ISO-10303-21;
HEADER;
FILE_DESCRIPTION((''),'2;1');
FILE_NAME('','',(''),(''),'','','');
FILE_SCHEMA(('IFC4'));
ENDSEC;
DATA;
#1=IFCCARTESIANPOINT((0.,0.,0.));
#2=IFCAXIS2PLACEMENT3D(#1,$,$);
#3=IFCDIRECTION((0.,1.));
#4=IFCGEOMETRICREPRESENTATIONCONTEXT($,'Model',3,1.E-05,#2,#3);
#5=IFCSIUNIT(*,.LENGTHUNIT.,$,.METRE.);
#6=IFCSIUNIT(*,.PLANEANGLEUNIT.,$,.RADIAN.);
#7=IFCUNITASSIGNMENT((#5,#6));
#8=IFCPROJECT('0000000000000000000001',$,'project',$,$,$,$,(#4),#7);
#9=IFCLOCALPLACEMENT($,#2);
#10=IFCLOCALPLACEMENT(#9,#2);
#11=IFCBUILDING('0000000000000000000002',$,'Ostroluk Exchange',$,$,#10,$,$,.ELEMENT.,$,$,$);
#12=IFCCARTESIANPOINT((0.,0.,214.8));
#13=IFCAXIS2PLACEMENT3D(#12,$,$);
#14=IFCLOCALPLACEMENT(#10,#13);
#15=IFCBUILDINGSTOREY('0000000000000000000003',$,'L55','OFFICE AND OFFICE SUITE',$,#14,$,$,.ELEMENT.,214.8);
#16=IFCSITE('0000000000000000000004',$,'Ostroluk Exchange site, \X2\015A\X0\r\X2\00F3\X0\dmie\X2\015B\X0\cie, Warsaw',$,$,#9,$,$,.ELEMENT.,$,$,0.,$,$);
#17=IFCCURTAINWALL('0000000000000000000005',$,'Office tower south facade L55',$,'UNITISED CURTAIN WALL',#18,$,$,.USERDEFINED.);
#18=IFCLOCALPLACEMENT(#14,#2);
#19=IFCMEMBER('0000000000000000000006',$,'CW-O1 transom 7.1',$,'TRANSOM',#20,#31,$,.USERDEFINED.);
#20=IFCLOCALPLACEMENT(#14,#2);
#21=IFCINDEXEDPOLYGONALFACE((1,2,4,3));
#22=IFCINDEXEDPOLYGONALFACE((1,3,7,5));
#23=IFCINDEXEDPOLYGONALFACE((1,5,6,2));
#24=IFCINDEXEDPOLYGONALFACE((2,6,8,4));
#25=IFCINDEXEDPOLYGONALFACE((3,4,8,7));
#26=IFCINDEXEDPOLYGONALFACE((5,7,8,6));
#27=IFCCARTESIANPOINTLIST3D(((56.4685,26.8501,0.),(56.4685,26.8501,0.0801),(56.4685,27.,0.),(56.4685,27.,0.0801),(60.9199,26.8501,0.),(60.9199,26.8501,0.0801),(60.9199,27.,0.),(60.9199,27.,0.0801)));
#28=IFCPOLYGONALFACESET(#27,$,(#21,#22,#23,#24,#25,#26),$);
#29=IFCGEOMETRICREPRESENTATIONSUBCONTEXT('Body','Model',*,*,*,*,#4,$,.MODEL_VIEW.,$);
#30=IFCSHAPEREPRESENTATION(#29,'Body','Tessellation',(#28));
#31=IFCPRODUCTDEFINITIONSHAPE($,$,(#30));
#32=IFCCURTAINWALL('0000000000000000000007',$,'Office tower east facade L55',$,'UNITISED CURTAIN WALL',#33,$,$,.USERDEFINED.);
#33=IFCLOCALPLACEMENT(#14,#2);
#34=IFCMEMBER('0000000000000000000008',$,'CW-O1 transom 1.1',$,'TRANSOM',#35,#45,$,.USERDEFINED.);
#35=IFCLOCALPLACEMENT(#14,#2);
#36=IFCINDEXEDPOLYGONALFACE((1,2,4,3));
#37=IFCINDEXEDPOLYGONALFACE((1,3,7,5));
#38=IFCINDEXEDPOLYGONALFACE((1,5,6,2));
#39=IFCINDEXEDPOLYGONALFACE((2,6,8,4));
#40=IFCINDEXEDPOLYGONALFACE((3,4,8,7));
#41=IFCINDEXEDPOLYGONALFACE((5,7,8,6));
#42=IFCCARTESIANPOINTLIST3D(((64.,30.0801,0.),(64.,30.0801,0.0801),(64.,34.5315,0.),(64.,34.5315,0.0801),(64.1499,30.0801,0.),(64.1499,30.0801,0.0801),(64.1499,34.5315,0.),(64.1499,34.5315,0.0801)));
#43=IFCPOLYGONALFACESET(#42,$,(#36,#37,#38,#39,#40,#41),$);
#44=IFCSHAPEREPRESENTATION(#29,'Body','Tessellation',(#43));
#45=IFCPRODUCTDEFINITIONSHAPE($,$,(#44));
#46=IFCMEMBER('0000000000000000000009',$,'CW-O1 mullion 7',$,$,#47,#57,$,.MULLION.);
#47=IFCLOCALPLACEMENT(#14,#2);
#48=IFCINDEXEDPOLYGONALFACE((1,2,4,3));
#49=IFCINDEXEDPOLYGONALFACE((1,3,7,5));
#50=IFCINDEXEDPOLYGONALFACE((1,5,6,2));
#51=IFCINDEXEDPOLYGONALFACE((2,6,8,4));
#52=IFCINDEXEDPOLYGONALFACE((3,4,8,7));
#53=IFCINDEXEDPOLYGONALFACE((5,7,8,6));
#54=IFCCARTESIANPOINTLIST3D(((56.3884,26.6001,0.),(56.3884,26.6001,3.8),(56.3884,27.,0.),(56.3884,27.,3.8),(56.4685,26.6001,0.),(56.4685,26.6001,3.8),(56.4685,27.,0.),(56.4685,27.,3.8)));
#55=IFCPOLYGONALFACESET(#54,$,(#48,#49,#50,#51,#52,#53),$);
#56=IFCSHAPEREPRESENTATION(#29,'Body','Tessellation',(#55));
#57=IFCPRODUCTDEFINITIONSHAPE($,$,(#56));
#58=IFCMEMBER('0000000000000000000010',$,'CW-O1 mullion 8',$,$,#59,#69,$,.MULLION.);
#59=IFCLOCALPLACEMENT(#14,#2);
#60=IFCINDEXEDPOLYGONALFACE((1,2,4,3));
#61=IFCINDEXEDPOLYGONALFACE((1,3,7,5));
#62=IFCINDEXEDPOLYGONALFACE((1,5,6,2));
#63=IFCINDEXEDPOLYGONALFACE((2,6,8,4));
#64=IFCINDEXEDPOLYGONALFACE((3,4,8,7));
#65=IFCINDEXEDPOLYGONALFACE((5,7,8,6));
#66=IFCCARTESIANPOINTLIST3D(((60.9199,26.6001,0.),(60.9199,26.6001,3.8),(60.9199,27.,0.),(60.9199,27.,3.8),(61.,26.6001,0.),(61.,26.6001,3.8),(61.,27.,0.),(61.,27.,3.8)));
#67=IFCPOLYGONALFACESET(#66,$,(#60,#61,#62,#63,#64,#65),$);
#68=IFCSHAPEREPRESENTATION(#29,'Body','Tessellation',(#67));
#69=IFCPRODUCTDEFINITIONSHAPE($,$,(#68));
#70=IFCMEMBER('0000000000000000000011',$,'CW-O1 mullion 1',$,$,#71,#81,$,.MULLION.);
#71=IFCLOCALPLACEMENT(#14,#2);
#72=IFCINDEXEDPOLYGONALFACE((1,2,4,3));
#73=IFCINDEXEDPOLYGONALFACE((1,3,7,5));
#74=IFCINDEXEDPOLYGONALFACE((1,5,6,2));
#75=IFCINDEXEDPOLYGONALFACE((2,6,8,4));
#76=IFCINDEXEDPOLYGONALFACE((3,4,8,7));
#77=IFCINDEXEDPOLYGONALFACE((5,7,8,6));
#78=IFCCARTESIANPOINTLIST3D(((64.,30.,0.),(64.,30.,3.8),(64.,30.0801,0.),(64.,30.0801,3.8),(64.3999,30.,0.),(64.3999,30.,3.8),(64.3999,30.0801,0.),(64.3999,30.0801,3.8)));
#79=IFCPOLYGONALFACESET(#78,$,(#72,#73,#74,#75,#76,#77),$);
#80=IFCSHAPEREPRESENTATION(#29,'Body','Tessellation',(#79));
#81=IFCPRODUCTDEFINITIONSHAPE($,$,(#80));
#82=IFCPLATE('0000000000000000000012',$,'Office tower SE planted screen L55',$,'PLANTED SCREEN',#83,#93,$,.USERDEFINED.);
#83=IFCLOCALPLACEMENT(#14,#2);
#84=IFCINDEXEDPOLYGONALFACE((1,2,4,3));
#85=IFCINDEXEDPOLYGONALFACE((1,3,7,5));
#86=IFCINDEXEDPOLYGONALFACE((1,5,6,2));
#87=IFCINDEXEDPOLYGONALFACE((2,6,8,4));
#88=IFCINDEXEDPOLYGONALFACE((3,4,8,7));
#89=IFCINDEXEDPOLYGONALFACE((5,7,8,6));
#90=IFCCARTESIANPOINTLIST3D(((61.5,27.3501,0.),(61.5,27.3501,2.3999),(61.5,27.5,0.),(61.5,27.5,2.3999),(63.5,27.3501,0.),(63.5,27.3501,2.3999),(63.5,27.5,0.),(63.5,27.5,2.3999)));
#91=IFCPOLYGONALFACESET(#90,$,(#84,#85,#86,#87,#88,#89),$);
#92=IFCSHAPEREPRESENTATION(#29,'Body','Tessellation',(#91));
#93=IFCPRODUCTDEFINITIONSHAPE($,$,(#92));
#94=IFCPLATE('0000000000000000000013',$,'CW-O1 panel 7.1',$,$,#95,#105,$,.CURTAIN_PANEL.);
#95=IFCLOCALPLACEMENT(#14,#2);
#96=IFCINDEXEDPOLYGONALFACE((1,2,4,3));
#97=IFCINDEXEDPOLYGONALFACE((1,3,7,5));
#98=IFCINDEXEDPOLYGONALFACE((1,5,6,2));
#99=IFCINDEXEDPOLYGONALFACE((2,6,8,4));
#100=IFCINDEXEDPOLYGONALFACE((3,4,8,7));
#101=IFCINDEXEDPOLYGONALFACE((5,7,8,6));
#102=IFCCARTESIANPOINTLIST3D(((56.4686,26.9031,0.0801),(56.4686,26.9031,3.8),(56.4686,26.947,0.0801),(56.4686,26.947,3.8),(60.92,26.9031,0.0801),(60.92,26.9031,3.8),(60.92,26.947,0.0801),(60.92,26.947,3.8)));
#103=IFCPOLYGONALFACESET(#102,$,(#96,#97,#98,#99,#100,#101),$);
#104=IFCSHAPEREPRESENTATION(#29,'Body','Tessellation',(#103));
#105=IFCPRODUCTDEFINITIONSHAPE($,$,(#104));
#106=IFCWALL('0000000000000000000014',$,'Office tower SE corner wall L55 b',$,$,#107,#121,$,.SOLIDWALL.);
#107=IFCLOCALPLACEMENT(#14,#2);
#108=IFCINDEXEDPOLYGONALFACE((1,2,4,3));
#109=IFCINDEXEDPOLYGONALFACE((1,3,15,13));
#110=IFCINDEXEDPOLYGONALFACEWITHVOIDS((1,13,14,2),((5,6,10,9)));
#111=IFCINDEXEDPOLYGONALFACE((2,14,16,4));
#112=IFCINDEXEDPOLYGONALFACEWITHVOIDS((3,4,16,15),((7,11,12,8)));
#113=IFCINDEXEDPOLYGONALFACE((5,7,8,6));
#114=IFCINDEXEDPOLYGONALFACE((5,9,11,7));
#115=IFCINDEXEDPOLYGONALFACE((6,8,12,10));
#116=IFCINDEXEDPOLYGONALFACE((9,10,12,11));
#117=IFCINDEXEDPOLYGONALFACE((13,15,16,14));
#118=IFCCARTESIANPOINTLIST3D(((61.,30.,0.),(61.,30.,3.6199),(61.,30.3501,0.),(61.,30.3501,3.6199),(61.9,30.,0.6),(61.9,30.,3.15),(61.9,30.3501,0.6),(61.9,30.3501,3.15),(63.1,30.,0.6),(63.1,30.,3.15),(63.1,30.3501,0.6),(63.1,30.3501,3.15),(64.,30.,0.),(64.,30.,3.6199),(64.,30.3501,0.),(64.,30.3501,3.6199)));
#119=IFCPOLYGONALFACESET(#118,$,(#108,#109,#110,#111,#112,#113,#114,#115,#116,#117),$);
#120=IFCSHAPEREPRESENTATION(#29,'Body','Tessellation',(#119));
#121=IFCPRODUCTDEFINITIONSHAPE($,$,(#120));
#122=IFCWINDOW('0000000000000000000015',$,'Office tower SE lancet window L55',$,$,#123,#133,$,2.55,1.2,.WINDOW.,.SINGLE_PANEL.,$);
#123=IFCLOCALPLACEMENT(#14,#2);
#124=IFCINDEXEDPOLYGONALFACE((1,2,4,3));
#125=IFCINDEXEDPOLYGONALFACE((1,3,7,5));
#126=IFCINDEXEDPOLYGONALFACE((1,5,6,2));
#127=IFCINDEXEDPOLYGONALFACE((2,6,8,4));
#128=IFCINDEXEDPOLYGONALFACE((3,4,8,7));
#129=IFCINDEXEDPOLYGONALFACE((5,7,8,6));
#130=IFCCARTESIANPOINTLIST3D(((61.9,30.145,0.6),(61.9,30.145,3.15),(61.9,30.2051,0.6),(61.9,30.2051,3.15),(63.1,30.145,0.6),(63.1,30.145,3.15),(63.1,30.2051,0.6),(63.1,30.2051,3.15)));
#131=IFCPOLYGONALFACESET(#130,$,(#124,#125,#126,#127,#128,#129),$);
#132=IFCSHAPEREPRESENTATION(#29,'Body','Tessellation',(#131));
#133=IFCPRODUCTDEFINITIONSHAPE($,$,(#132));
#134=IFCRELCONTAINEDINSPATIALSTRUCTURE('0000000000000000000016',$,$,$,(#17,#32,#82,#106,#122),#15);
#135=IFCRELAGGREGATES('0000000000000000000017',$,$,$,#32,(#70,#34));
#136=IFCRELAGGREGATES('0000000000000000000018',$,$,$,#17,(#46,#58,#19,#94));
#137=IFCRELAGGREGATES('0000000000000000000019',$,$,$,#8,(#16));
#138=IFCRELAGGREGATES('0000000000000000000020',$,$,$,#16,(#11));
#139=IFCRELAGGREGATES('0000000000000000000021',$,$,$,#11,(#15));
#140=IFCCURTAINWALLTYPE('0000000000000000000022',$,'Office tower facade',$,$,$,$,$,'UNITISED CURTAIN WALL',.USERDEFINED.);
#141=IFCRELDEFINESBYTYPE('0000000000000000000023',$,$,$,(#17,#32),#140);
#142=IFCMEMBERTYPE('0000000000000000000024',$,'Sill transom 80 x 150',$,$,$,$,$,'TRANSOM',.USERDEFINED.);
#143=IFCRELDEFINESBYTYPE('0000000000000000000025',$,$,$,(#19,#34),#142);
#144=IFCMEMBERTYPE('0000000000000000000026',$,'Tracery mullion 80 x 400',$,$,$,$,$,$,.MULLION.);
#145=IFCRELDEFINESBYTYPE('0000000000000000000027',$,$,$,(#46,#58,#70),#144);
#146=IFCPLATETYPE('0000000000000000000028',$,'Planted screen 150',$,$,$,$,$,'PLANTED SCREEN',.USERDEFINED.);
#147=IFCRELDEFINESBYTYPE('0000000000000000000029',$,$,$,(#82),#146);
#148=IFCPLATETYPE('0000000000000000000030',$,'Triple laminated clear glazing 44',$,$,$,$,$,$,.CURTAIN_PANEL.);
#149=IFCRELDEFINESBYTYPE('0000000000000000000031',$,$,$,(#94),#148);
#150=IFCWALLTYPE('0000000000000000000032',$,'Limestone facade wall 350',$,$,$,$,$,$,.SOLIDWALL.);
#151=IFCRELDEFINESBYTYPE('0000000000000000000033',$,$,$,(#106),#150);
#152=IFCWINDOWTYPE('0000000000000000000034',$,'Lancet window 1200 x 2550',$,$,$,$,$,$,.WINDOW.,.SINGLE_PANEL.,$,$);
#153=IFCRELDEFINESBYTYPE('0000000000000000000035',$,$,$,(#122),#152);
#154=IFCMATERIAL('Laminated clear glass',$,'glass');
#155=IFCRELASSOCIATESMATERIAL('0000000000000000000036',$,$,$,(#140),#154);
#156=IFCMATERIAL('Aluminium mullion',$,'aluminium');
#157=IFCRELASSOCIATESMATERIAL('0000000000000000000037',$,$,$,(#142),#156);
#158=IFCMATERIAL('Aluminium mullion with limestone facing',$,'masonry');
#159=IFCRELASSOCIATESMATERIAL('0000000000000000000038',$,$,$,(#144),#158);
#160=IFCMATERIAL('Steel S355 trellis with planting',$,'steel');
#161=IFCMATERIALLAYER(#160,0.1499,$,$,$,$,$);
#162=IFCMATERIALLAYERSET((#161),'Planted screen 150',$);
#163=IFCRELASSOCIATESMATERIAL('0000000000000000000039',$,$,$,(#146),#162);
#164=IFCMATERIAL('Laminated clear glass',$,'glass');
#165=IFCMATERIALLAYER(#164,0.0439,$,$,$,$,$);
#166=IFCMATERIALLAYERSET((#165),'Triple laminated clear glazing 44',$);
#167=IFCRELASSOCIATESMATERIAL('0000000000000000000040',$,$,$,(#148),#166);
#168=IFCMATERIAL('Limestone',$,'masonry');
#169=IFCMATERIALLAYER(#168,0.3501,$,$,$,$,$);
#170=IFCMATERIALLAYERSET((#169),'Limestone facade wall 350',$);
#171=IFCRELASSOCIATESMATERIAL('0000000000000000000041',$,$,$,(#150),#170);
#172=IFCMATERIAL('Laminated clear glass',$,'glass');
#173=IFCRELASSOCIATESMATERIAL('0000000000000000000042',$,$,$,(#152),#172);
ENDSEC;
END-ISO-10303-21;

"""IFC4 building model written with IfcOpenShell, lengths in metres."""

from ifc_helpers import new_model, si_unit, direction, frame, frame_2d, origin, origin_2d, place, context, subcontext, project, spatial, rectangle, extrude, material, layer, layer_set, material_profile, profile_set, type_object, element, fill, aggregate, save


model = new_model("IFC4")

# Units and contexts
model_context = context("Model", 3, precision=1e-05, world=origin(), true_north=direction((0.0, 1.0)))
body_context = subcontext(model_context, "Body", "Model", "MODEL_VIEW")
ifc_project = project(units=[si_unit("LENGTHUNIT", "METRE"), si_unit("PLANEANGLEUNIT", "RADIAN")], contexts=[model_context])

# Site, building, storey
site_placement = place(None, origin())
site = spatial("IfcSite", under=ifc_project, at=site_placement, Name="Ostroluk Exchange site, Śródmieście, Warsaw", CompositionType="ELEMENT", RefElevation=0.0)
building_placement = place(site_placement, origin())
building = spatial("IfcBuilding", under=site, at=building_placement, Name="Ostroluk Exchange", CompositionType="ELEMENT")
storey_placement = place(building_placement, frame((0.0, 0.0, 214.8)))
storey = spatial("IfcBuildingStorey", under=building, at=storey_placement, Name="L55", Description="OFFICE AND OFFICE SUITE", CompositionType="ELEMENT", Elevation=214.8)

# Curtain walls, members
ifc_material_1 = material(Name="Laminated clear glass", Category="glass")
curtain_wall_type = type_object("IfcCurtainWallType", Name="Office tower facade", ElementType="UNITISED CURTAIN WALL", PredefinedType="USERDEFINED", material=ifc_material_1)
curtain_wall_1_placement = place(storey_placement, origin())
curtain_wall_1 = element("IfcCurtainWall", 1, at=curtain_wall_1_placement, inside=storey, type_object=curtain_wall_type, Name="Office tower south facade L55", ObjectType="UNITISED CURTAIN WALL", PredefinedType="USERDEFINED")
ifc_material_2 = material(Name="Aluminium mullion", Category="aluminium")
ifc_material_profile_1 = material_profile(ifc_material_2, rectangle(XDim=0.1499, YDim=0.0801, at=origin_2d()), Name="Sill transom 80 x 150")
ifc_profile_set_1 = profile_set([ifc_material_profile_1], Name="Aluminium mullion")
member_type_1 = type_object("IfcMemberType", Name="Sill transom 80 x 150", ElementType="TRANSOM", PredefinedType="USERDEFINED", material=ifc_profile_set_1)
member_1_placement = place(storey_placement, frame((56.4685, 26.925, 0.04), z_axis=(1.0, 0.0, 0.0), x_axis=(0.0, 1.0, 0.0)))
member_1 = element("IfcMember", 2, at=member_1_placement, type_object=member_type_1, Name="CW-O1 transom 7.1", ObjectType="TRANSOM", PredefinedType="USERDEFINED", context=body_context, shape_type="SweptSolid", body=[
    extrude(rectangle(XDim=0.1499, YDim=0.0801, at=origin_2d()), origin(), (0.0, 0.0, 1.0), 4.4514),
])
curtain_wall_2_placement = place(storey_placement, origin())
curtain_wall_2 = element("IfcCurtainWall", 3, at=curtain_wall_2_placement, inside=storey, type_object=curtain_wall_type, Name="Office tower east facade L55", ObjectType="UNITISED CURTAIN WALL", PredefinedType="USERDEFINED")
member_2_placement = place(storey_placement, frame((64.075, 30.0801, 0.04), z_axis=(0.0, 1.0, 0.0), x_axis=(-1.0, 0.0, 0.0)))
member_2 = element("IfcMember", 4, at=member_2_placement, type_object=member_type_1, Name="CW-O1 transom 1.1", ObjectType="TRANSOM", PredefinedType="USERDEFINED", context=body_context, shape_type="SweptSolid", body=[
    extrude(rectangle(XDim=0.1499, YDim=0.0801, at=origin_2d()), origin(), (0.0, 0.0, 1.0), 4.4514),
])

# Members
ifc_material_3 = material(Name="Aluminium mullion with limestone facing", Category="masonry")
ifc_material_profile_2 = material_profile(ifc_material_3, rectangle(XDim=0.3999, YDim=0.0801, at=origin_2d()), Name="Tracery mullion 80 x 400")
ifc_profile_set_2 = profile_set([ifc_material_profile_2], Name="Aluminium mullion with limestone facing")
member_type_2 = type_object("IfcMemberType", Name="Tracery mullion 80 x 400", PredefinedType="MULLION", material=ifc_profile_set_2)
member_3_placement = place(storey_placement, frame((56.4285, 26.8, 0.0), z_axis=(0.0, 0.0, 1.0), x_axis=(0.0, 1.0, 0.0)))
member_3 = element("IfcMember", 5, at=member_3_placement, type_object=member_type_2, Name="CW-O1 mullion 7", PredefinedType="MULLION", context=body_context, shape_type="SweptSolid", body=[
    extrude(rectangle(XDim=0.3999, YDim=0.0801, at=origin_2d()), origin(), (0.0, 0.0, 1.0), 3.8),
])
member_4_placement = place(storey_placement, frame((60.96, 26.8, 0.0), z_axis=(0.0, 0.0, 1.0), x_axis=(0.0, 1.0, 0.0)))
member_4 = element("IfcMember", 6, at=member_4_placement, type_object=member_type_2, Name="CW-O1 mullion 8", PredefinedType="MULLION", context=body_context, shape_type="SweptSolid", body=[
    extrude(rectangle(XDim=0.3999, YDim=0.0801, at=origin_2d()), origin(), (0.0, 0.0, 1.0), 3.8),
])
member_5_placement = place(storey_placement, frame((64.2, 30.04, 0.0), z_axis=(0.0, 0.0, 1.0), x_axis=(-1.0, 0.0, 0.0)))
member_5 = element("IfcMember", 7, at=member_5_placement, type_object=member_type_2, Name="CW-O1 mullion 1", PredefinedType="MULLION", context=body_context, shape_type="SweptSolid", body=[
    extrude(rectangle(XDim=0.3999, YDim=0.0801, at=origin_2d()), origin(), (0.0, 0.0, 1.0), 3.8),
])
aggregate(curtain_wall_2, [member_5, member_2])

# Plates
ifc_material_4 = material(Name="Steel S355 trellis with planting", Category="steel")
ifc_layer_1 = layer(ifc_material_4, 0.1499)
ifc_layer_set_1 = layer_set([ifc_layer_1], Name="Planted screen 150")
plate_type_1 = type_object("IfcPlateType", Name="Planted screen 150", ElementType="PLANTED SCREEN", PredefinedType="USERDEFINED", material=ifc_layer_set_1)
plate_1_placement = place(storey_placement, frame((62.5, 27.425, 0.0), z_axis=(0.0, 0.0, 1.0), x_axis=(1.0, 0.0, 0.0)))
element("IfcPlate", 8, at=plate_1_placement, inside=storey, type_object=plate_type_1, Name="Office tower SE planted screen L55", ObjectType="PLANTED SCREEN", PredefinedType="USERDEFINED", context=body_context, shape_type="SweptSolid", body=[
    extrude(rectangle(XDim=2.0, YDim=0.1499, at=origin_2d()), origin(), (0.0, 0.0, 1.0), 2.3999),
])
ifc_material_5 = material(Name="Laminated clear glass", Category="glass")
ifc_layer_2 = layer(ifc_material_5, 0.0439)
ifc_layer_set_2 = layer_set([ifc_layer_2], Name="Triple laminated clear glazing 44")
plate_type_2 = type_object("IfcPlateType", Name="Triple laminated clear glazing 44", PredefinedType="CURTAIN_PANEL", material=ifc_layer_set_2)
plate_2_placement = place(storey_placement, frame((58.6943, 26.925, 0.0801), z_axis=(0.0, 0.0, 1.0), x_axis=(1.0, 0.0, 0.0)))
plate_2 = element("IfcPlate", 9, at=plate_2_placement, type_object=plate_type_2, Name="CW-O1 panel 7.1", PredefinedType="CURTAIN_PANEL", context=body_context, shape_type="SweptSolid", body=[
    extrude(rectangle(XDim=4.4514, YDim=0.0439, at=origin_2d()), origin(), (0.0, 0.0, 1.0), 3.72),
])
aggregate(curtain_wall_1, [member_3, member_4, member_1, plate_2])

# Shared definitions
ifc_material_6 = material(Name="Limestone", Category="masonry")
ifc_layer_3 = layer(ifc_material_6, 0.3501)
ifc_layer_set_3 = layer_set([ifc_layer_3], Name="Limestone facade wall 350")
wall_type = type_object("IfcWallType", Name="Limestone facade wall 350", PredefinedType="SOLIDWALL", material=ifc_layer_set_3)

# Wall, opening, window
wall_1_placement = place(storey_placement, frame((61.0, 30.175, 0.0), z_axis=(0.0, 0.0, 1.0), x_axis=(1.0, 0.0, 0.0)))
wall_1 = element("IfcWall", 10, at=wall_1_placement, inside=storey, type_object=wall_type, Name="Office tower SE corner wall L55 b", PredefinedType="SOLIDWALL", context=body_context, shape_type="SweptSolid", body=[
    extrude(rectangle(XDim=3.0, YDim=0.3501, at=frame_2d((1.5, 0.0))), origin(), (0.0, 0.0, 1.0), 3.6199),
])
opening_1_placement = place(wall_1_placement, frame((0.8999, 0.0, 0.6001)))
opening_1 = element("IfcOpeningElement", 11, at=opening_1_placement, cuts=wall_1, PredefinedType="OPENING", context=body_context, shape_type="SweptSolid", body=[
    extrude(rectangle(XDim=1.2, YDim=2.55, at=frame_2d((0.6001, 1.2749))), frame((0.0, 0.1851, 0.0), z_axis=(0.0, -1.0, 0.0), x_axis=(1.0, 0.0, 0.0)), (0.0, 0.0, 1.0), 0.3701),
])
ifc_material_7 = material(Name="Laminated clear glass", Category="glass")
window_type = type_object("IfcWindowType", Name="Lancet window 1200 x 2550", PartitioningType="SINGLE_PANEL", PredefinedType="WINDOW", material=ifc_material_7)
window_placement = place(opening_1_placement, origin())
window = element("IfcWindow", 12, at=window_placement, inside=storey, type_object=window_type, Name="Office tower SE lancet window L55", OverallHeight=2.55, OverallWidth=1.2, PartitioningType="SINGLE_PANEL", PredefinedType="WINDOW", context=body_context, shape_type="SweptSolid", body=[
    extrude(rectangle(XDim=1.2, YDim=2.55, at=frame_2d((0.6001, 1.2749))), frame((0.0, 0.03, 0.0), z_axis=(0.0, -1.0, 0.0), x_axis=(1.0, 0.0, 0.0)), (0.0, 0.0, 1.0), 0.0601),
])
fill(opening_1, window)

save(model, "model.ifc")
